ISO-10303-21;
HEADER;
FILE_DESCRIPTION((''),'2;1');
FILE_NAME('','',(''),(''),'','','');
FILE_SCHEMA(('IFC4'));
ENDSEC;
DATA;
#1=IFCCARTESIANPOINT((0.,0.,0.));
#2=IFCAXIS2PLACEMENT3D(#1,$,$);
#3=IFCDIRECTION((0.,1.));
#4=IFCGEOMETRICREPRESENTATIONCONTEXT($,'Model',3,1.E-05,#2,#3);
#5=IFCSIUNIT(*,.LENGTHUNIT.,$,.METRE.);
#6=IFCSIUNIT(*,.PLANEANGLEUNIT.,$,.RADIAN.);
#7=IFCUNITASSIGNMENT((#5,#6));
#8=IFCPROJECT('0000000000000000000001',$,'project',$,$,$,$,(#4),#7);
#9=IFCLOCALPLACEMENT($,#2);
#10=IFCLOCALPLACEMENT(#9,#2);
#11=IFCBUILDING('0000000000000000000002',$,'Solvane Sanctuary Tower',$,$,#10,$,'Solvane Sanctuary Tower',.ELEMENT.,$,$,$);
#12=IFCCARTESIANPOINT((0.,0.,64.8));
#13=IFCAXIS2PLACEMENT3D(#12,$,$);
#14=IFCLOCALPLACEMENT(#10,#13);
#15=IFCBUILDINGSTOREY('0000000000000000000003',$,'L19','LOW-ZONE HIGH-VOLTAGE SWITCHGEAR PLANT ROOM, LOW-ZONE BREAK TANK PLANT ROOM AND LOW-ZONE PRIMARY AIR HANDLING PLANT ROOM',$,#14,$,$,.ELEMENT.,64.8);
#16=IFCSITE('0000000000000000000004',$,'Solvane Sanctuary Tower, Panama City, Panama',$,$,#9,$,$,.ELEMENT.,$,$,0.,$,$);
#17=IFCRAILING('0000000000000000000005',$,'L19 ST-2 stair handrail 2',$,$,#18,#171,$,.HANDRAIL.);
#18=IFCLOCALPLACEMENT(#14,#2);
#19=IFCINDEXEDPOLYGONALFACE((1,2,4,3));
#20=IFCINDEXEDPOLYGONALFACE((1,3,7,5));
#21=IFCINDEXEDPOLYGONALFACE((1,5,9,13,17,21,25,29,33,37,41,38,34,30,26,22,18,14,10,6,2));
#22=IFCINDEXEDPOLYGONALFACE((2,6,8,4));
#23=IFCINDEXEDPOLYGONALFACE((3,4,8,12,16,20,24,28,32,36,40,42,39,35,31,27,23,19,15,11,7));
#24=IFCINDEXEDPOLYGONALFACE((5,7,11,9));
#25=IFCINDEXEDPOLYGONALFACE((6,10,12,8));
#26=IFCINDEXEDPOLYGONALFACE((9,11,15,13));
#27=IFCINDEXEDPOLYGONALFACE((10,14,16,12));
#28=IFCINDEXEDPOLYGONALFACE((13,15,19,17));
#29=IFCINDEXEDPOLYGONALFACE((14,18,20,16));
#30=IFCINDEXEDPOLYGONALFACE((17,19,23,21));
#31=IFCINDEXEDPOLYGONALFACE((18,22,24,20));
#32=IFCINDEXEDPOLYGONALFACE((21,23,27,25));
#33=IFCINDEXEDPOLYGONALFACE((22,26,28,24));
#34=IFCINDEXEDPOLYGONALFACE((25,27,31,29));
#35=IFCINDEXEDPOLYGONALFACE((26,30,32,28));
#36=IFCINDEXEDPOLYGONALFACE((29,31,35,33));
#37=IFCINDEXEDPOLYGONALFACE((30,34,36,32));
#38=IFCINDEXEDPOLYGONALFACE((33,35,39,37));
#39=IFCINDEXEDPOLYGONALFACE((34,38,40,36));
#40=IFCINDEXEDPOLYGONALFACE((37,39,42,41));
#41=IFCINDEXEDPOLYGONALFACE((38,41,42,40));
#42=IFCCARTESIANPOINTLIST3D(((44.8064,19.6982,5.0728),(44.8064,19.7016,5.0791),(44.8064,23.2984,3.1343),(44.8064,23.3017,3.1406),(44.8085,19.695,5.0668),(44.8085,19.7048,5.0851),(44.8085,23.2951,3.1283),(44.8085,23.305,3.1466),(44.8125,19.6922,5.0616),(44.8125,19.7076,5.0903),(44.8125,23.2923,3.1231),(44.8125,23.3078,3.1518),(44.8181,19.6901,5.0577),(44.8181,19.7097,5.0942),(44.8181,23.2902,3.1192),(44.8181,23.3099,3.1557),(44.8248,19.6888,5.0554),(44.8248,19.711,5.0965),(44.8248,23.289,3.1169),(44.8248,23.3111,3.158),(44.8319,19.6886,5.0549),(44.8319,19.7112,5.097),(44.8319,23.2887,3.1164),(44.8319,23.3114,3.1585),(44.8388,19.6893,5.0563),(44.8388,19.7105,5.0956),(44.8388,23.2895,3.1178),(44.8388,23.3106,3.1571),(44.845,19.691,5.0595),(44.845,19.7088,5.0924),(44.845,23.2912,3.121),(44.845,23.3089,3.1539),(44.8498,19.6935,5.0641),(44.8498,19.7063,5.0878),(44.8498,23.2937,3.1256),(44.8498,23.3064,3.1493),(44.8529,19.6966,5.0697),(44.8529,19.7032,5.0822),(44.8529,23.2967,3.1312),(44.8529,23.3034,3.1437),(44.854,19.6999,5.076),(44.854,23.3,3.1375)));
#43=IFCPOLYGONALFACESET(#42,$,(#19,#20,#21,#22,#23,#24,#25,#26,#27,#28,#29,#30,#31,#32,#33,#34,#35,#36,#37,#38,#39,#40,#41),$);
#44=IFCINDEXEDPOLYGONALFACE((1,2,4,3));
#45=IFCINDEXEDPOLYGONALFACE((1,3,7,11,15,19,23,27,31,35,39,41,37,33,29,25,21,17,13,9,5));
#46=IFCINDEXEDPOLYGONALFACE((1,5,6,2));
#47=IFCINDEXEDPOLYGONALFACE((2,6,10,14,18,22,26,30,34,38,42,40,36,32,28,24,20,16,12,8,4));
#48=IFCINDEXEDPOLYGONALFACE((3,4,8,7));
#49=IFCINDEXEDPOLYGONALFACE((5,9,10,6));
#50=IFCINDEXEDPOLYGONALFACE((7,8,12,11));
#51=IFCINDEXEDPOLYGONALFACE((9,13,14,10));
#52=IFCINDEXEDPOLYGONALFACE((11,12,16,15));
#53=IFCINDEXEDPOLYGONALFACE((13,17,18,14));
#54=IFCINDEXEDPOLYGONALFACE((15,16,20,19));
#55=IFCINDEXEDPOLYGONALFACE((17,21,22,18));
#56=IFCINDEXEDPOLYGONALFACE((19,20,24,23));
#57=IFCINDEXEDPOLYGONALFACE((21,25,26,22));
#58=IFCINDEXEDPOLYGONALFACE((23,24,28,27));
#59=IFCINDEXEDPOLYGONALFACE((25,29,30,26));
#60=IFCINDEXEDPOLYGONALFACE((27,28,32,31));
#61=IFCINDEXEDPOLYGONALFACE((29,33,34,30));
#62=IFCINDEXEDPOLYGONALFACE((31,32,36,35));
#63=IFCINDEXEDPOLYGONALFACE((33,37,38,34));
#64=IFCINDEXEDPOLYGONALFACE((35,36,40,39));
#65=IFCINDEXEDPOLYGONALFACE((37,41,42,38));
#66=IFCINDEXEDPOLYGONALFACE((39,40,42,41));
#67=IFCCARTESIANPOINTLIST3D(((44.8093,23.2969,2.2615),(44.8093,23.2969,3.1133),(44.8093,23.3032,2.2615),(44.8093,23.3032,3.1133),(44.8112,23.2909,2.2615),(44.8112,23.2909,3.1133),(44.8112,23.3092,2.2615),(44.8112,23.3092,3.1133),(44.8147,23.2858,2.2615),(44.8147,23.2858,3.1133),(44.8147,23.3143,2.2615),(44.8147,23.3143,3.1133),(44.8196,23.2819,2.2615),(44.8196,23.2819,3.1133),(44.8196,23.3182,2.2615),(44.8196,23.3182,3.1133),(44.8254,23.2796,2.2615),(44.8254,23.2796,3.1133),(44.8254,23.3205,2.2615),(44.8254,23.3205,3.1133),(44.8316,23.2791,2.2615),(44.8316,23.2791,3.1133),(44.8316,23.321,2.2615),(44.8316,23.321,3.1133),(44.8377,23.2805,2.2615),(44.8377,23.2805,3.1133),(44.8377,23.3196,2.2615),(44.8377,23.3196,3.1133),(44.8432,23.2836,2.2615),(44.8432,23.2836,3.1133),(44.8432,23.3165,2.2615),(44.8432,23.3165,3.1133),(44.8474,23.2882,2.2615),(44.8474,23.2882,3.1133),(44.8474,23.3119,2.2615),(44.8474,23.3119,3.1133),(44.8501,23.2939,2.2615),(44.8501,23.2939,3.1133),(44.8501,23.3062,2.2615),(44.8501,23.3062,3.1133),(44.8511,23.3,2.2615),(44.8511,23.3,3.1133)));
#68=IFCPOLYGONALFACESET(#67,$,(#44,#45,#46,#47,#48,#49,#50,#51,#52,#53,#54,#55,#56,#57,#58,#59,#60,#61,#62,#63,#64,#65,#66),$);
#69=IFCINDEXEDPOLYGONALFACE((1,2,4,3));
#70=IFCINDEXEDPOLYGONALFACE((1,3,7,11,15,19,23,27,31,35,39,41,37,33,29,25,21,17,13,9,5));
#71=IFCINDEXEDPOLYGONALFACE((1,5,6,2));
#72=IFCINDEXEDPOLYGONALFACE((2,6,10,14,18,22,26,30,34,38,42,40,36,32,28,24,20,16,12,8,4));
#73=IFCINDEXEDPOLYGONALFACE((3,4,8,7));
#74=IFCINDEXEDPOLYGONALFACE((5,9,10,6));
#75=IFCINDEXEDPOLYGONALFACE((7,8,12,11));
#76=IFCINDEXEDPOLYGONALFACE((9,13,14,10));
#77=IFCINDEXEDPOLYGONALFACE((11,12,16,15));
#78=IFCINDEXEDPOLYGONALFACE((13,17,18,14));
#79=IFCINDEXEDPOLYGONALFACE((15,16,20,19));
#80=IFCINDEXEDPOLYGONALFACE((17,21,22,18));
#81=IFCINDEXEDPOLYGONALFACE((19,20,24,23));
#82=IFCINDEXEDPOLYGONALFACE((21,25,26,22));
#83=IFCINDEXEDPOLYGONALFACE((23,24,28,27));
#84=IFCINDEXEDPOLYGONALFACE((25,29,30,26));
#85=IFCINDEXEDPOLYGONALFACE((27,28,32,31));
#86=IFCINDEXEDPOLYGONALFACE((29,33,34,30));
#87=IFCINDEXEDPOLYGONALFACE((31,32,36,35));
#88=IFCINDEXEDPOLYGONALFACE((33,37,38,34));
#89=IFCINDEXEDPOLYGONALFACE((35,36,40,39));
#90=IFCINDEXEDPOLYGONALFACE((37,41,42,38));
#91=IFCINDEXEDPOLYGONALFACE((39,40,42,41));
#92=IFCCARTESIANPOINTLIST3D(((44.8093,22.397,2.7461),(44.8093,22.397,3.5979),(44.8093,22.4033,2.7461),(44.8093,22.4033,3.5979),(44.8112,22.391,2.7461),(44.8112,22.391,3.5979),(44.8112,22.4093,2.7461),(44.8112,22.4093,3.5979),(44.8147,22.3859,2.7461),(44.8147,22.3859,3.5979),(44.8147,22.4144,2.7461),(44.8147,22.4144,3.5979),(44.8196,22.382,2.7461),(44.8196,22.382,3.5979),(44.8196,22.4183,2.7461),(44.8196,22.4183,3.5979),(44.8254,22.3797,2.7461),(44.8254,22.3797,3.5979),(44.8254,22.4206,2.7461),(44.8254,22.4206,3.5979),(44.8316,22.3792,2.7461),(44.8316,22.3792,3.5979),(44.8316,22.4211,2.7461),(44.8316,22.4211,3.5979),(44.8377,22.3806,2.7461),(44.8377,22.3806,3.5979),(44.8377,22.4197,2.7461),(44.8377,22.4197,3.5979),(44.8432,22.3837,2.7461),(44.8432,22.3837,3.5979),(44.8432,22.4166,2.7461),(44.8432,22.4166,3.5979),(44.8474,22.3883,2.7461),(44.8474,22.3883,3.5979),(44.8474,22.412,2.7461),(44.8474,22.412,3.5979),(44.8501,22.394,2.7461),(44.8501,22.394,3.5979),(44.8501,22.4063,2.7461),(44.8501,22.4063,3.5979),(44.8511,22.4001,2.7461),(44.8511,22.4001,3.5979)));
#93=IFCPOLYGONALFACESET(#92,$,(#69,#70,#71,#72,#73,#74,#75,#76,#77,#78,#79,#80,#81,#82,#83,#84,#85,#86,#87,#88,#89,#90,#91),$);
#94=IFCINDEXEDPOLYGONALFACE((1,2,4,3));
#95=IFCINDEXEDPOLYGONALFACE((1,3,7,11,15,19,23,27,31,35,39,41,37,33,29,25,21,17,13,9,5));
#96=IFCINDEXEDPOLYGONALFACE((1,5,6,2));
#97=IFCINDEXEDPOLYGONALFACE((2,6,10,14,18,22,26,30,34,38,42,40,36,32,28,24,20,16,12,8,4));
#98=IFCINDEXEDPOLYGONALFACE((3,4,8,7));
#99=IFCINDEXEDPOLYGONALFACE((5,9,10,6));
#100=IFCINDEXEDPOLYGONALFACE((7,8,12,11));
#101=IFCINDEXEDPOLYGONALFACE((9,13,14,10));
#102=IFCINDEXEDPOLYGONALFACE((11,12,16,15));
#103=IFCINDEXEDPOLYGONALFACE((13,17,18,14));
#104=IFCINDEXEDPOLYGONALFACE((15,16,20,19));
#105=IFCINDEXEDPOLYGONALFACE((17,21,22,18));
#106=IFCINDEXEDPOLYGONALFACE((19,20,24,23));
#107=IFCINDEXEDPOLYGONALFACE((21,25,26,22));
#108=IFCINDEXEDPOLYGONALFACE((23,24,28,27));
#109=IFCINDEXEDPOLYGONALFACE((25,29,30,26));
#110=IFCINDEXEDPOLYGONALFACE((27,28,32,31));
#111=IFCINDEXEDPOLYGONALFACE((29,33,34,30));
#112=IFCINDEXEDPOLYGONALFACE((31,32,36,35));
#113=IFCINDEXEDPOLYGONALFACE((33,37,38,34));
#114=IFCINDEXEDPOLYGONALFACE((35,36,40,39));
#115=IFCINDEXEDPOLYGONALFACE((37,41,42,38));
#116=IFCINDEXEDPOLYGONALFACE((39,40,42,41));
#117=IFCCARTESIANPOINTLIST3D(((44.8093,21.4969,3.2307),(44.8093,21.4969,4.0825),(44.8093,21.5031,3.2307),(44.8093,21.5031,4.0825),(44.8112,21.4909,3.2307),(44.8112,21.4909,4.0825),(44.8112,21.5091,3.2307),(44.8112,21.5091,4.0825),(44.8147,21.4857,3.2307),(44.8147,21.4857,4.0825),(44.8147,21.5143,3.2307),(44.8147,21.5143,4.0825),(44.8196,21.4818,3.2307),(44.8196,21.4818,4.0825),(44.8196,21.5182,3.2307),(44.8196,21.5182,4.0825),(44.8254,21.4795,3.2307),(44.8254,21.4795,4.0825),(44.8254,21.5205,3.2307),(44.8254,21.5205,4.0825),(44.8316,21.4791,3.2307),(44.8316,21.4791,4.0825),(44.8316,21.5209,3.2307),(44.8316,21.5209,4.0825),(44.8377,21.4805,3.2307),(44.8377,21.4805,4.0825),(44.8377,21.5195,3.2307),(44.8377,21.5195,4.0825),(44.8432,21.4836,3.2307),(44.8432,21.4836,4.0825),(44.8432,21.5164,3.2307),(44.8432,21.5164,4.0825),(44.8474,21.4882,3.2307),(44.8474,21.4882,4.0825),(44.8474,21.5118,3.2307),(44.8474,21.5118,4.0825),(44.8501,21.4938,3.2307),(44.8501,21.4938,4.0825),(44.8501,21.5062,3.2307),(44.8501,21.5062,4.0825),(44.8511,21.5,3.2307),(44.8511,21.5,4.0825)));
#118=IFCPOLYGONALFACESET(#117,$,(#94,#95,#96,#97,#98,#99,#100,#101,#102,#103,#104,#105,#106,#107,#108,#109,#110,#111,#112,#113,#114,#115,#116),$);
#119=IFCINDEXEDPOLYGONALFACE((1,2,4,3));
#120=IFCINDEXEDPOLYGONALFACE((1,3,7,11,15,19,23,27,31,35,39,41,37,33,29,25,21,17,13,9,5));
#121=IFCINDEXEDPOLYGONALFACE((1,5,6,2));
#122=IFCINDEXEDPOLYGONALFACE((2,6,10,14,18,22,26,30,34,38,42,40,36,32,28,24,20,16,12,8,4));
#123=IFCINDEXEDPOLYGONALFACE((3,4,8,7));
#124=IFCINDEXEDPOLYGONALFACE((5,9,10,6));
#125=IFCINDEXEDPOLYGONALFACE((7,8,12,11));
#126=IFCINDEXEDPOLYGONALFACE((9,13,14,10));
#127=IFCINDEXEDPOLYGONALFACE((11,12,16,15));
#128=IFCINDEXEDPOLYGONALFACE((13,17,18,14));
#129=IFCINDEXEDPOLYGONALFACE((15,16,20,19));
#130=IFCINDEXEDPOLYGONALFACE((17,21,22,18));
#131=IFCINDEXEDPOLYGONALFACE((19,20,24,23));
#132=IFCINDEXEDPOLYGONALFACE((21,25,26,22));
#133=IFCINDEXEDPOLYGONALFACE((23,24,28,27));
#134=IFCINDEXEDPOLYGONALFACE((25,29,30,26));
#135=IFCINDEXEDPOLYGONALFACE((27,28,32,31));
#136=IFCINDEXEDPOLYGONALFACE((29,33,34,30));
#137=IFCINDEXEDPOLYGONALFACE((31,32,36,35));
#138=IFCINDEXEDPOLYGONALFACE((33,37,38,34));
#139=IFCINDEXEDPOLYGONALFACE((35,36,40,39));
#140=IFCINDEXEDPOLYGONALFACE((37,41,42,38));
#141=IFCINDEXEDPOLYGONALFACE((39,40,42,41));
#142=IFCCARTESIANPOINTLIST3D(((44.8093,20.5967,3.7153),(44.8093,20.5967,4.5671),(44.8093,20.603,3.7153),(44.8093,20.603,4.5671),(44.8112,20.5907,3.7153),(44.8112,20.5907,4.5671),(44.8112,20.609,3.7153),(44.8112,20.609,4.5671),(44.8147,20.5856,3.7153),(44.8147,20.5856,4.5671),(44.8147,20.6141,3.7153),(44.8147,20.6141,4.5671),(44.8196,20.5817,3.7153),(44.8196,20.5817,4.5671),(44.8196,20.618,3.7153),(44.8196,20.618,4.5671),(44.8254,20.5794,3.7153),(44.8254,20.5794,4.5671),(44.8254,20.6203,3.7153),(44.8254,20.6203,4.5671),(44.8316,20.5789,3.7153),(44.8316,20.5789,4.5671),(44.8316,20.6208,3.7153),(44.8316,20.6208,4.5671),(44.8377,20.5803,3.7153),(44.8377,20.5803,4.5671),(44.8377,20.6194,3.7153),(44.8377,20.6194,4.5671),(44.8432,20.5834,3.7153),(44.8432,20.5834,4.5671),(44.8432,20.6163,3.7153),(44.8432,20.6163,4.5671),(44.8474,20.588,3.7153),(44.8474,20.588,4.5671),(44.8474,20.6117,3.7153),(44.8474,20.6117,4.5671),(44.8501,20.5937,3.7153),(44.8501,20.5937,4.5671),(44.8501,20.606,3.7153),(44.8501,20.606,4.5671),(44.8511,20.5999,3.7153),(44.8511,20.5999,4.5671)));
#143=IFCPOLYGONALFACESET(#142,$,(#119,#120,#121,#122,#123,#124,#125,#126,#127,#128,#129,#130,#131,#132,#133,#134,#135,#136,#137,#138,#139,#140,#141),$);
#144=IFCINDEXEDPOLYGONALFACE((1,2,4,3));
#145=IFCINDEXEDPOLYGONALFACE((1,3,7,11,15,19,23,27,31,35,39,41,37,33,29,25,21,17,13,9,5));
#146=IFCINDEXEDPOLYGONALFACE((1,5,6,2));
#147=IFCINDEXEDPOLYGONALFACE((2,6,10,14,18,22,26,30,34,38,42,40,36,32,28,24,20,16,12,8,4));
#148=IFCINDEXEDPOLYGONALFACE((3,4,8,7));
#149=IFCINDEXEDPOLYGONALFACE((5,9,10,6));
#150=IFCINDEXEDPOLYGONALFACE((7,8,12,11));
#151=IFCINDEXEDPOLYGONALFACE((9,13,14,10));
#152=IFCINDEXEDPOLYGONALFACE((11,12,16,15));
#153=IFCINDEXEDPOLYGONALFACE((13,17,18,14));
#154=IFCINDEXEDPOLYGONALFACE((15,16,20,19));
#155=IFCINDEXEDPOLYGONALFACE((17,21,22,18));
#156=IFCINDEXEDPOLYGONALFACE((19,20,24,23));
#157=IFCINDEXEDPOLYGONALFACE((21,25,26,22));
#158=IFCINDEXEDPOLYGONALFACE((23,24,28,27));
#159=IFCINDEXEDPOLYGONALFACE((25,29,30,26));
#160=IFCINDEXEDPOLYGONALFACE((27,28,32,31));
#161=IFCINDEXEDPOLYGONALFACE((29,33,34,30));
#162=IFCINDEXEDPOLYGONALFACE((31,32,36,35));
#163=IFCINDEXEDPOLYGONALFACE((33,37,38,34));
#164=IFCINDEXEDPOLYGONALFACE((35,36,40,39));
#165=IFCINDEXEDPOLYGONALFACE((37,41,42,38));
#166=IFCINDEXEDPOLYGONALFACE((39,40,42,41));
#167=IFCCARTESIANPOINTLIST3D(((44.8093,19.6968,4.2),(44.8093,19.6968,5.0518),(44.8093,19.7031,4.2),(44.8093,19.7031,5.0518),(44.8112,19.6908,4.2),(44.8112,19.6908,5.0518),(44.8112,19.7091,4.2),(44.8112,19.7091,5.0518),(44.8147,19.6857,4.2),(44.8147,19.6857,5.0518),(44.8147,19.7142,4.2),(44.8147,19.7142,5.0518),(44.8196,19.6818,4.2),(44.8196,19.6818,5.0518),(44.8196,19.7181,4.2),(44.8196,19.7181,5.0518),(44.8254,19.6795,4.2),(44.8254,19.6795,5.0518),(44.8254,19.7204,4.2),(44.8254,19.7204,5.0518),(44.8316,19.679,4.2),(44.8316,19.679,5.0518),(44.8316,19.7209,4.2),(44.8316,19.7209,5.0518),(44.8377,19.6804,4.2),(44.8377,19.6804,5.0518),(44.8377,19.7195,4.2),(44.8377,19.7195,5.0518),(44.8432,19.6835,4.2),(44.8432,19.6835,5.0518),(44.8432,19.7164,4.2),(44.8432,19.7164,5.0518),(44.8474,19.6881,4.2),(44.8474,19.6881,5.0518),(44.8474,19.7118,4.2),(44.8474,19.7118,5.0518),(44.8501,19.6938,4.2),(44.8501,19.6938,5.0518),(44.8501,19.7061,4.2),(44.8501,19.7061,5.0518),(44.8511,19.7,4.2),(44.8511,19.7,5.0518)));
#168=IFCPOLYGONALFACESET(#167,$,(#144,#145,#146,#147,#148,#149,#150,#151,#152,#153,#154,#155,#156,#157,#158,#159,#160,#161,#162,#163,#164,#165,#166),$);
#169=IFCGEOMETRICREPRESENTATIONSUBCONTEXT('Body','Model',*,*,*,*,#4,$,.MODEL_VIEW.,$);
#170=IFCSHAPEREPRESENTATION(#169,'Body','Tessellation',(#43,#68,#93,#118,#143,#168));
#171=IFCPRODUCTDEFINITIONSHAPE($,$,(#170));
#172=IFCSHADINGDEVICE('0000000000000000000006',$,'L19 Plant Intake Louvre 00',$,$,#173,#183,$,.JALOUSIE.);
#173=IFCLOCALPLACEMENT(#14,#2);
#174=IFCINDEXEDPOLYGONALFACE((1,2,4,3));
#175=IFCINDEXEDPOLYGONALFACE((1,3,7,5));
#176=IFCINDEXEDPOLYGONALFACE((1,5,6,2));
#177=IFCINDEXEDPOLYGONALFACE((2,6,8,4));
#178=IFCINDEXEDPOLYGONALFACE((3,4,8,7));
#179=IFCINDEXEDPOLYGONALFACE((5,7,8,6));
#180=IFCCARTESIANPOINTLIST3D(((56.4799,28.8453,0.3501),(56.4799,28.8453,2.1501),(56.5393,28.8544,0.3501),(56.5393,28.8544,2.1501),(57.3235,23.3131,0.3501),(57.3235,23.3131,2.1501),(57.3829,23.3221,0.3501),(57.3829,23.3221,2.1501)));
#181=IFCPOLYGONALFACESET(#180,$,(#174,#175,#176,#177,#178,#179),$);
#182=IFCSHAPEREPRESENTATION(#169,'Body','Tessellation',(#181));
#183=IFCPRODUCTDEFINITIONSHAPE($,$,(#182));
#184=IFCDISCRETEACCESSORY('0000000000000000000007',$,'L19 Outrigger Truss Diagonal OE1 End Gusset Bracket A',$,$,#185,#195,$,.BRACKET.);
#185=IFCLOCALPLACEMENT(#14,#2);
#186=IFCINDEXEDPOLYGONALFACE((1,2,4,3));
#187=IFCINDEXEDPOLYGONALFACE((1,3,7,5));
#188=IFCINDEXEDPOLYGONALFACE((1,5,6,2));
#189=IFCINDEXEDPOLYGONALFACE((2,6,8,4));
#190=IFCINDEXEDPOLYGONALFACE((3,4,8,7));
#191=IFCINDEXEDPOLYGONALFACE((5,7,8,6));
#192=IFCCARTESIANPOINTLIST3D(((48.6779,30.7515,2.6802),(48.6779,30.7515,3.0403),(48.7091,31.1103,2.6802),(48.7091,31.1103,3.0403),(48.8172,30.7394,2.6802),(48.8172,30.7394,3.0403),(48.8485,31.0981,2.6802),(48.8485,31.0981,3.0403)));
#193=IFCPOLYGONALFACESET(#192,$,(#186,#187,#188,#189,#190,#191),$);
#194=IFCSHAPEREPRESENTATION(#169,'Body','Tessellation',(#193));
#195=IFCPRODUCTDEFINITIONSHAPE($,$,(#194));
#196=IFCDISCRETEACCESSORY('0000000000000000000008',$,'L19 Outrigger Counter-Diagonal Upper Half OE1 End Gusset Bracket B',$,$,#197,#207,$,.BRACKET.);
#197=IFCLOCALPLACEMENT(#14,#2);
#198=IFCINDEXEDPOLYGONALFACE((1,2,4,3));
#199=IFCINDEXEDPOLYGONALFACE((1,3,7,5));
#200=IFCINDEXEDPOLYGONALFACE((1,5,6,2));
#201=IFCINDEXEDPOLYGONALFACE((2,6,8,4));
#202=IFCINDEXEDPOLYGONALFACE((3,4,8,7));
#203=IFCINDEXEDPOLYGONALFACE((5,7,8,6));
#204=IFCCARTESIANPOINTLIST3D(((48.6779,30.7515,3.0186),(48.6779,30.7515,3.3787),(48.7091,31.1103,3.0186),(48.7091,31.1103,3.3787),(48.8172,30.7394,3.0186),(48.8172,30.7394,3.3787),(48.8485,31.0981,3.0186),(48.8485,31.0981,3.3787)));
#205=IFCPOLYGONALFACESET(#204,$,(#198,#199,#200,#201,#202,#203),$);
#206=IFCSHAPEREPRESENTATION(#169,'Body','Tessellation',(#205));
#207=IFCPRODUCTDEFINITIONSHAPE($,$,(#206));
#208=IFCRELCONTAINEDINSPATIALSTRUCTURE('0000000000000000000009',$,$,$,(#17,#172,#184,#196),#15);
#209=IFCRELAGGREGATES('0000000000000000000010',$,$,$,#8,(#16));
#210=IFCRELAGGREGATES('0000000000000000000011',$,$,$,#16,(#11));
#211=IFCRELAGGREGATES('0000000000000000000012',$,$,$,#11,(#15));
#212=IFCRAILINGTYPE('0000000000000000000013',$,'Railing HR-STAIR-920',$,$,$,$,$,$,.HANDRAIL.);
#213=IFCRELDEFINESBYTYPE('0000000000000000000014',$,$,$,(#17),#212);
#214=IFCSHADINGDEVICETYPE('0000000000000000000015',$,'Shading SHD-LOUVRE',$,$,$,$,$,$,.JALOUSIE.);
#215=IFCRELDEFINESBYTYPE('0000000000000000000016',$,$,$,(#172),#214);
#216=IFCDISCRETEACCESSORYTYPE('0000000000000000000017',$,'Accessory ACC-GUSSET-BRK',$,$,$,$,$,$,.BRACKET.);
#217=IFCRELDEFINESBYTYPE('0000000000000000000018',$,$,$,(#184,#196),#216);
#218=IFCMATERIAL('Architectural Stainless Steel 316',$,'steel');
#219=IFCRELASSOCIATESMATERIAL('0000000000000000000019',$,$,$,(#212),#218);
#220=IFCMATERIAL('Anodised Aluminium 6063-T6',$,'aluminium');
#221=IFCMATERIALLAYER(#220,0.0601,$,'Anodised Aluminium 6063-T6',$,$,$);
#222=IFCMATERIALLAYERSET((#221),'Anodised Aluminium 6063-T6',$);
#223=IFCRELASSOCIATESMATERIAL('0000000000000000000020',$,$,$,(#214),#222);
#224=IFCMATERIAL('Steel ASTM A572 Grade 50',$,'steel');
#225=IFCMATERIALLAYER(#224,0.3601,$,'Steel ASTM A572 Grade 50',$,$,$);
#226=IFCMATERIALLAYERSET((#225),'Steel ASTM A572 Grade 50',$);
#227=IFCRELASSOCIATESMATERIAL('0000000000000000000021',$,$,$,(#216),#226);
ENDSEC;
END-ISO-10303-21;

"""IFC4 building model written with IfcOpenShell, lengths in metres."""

from ifc_helpers import new_model, si_unit, direction, frame, origin, origin_2d, place, context, subcontext, project, spatial, rectangle, circle, extrude, material, layer, layer_set, type_object, element, save


model = new_model("IFC4")

# Units and contexts
model_context = context("Model", 3, precision=1e-05, world=origin(), true_north=direction((0.0, 1.0)))
body_context = subcontext(model_context, "Body", "Model", "MODEL_VIEW")
ifc_project = project(units=[si_unit("LENGTHUNIT", "METRE"), si_unit("PLANEANGLEUNIT", "RADIAN")], contexts=[model_context])

# Site, building, storey
site_placement = place(None, origin())
site = spatial("IfcSite", under=ifc_project, at=site_placement, Name="Solvane Sanctuary Tower, Panama City, Panama", CompositionType="ELEMENT", RefElevation=0.0)
building_placement = place(site_placement, origin())
building = spatial("IfcBuilding", under=site, at=building_placement, Name="Solvane Sanctuary Tower", LongName="Solvane Sanctuary Tower", CompositionType="ELEMENT")
storey_placement = place(building_placement, frame((0.0, 0.0, 64.8)))
storey = spatial("IfcBuildingStorey", under=building, at=storey_placement, Name="L19", Description="LOW-ZONE HIGH-VOLTAGE SWITCHGEAR PLANT ROOM, LOW-ZONE BREAK TANK PLANT ROOM AND LOW-ZONE PRIMARY AIR HANDLING PLANT ROOM", CompositionType="ELEMENT", Elevation=64.8)

# Shared definitions
ifc_material_1 = material(Name="Steel ASTM A572 Grade 50", Category="steel")

# Shared definitions
ifc_material_2 = material(Name="Architectural Stainless Steel 316", Category="steel")

# Railing
railing_type_1 = type_object("IfcRailingType", Name="Railing HR-STAIR-920", PredefinedType="HANDRAIL", material=ifc_material_2)
railing_1_placement = place(storey_placement, frame((44.8301, 23.3, 2.2615)))
element("IfcRailing", 1, at=railing_1_placement, inside=storey, type_object=railing_type_1, Name="L19 ST-2 stair handrail 2", PredefinedType="HANDRAIL", context=body_context, shape_type="SweptSolid", body=[
    extrude(circle(Radius=0.0239, at=origin_2d()), frame((0.0, 0.0, 0.876), z_axis=(0.0, -0.880475, 0.474093), x_axis=(1.0, 0.0, 0.0)), (0.0, 0.0, 1.0), 4.0889),
    extrude(circle(Radius=0.021, at=origin_2d()), origin(), (0.0, 0.0, 1.0), 0.8518),
    extrude(circle(Radius=0.021, at=origin_2d()), frame((0.0, -0.8999, 0.4846)), (0.0, 0.0, 1.0), 0.8518),
    extrude(circle(Radius=0.021, at=origin_2d()), frame((0.0, -1.8, 0.9692)), (0.0, 0.0, 1.0), 0.8518),
    extrude(circle(Radius=0.021, at=origin_2d()), frame((0.0, -2.7002, 1.4539)), (0.0, 0.0, 1.0), 0.8518),
    extrude(circle(Radius=0.021, at=origin_2d()), frame((0.0, -3.6001, 1.9385)), (0.0, 0.0, 1.0), 0.8518),
])

# Shading device
ifc_material_3 = material(Name="Anodised Aluminium 6063-T6", Category="aluminium")
ifc_layer_1 = layer(ifc_material_3, 0.0601, Name="Anodised Aluminium 6063-T6")
ifc_layer_set_1 = layer_set([ifc_layer_1], Name="Anodised Aluminium 6063-T6")
shading_device_type = type_object("IfcShadingDeviceType", Name="Shading SHD-LOUVRE", PredefinedType="JALOUSIE", material=ifc_layer_set_1)
shading_device_placement = place(storey_placement, frame((56.9314, 26.0837, 0.3501), z_axis=(0.0, 0.0, 1.0), x_axis=(-0.150738, 0.988574, 0.0)))
element("IfcShadingDevice", 2, at=shading_device_placement, inside=storey, type_object=shading_device_type, Name="L19 Plant Intake Louvre 00", PredefinedType="JALOUSIE", context=body_context, shape_type="SweptSolid", body=[
    extrude(rectangle(XDim=5.5962, YDim=0.0601, at=origin_2d()), origin(), (0.0, 0.0, 1.0), 1.8),
])

# Discrete accessories
ifc_layer_2 = layer(ifc_material_1, 0.3601, Name="Steel ASTM A572 Grade 50")
ifc_layer_set_2 = layer_set([ifc_layer_2], Name="Steel ASTM A572 Grade 50")
discrete_accessory_type = type_object("IfcDiscreteAccessoryType", Name="Accessory ACC-GUSSET-BRK", PredefinedType="BRACKET", material=ifc_layer_set_2)
for number, where, z_axis, x_axis, name in (
    (3, (48.7632, 30.9248, 2.6802), (0.0, 0.0, 1.0), (0.086808, 0.996225, 0.0), "L19 Outrigger Truss Diagonal OE1 End Gusset Bracket A"),
    (4, (48.7632, 30.9248, 3.0186), (0.0, 0.0, 1.0), (-0.086808, -0.996225, 0.0), "L19 Outrigger Counter-Diagonal Upper Half OE1 End Gusset Bracket B"),
):
    element("IfcDiscreteAccessory", number, at=place(storey_placement, frame(where, z_axis=z_axis, x_axis=x_axis)), inside=storey, type_object=discrete_accessory_type, Name=name, PredefinedType="BRACKET", context=body_context, shape_type="SweptSolid", body=[
        extrude(rectangle(XDim=0.3601, YDim=0.1399, at=origin_2d()), origin(), (0.0, 0.0, 1.0), 0.3601),
    ])

save(model, "model.ifc")
